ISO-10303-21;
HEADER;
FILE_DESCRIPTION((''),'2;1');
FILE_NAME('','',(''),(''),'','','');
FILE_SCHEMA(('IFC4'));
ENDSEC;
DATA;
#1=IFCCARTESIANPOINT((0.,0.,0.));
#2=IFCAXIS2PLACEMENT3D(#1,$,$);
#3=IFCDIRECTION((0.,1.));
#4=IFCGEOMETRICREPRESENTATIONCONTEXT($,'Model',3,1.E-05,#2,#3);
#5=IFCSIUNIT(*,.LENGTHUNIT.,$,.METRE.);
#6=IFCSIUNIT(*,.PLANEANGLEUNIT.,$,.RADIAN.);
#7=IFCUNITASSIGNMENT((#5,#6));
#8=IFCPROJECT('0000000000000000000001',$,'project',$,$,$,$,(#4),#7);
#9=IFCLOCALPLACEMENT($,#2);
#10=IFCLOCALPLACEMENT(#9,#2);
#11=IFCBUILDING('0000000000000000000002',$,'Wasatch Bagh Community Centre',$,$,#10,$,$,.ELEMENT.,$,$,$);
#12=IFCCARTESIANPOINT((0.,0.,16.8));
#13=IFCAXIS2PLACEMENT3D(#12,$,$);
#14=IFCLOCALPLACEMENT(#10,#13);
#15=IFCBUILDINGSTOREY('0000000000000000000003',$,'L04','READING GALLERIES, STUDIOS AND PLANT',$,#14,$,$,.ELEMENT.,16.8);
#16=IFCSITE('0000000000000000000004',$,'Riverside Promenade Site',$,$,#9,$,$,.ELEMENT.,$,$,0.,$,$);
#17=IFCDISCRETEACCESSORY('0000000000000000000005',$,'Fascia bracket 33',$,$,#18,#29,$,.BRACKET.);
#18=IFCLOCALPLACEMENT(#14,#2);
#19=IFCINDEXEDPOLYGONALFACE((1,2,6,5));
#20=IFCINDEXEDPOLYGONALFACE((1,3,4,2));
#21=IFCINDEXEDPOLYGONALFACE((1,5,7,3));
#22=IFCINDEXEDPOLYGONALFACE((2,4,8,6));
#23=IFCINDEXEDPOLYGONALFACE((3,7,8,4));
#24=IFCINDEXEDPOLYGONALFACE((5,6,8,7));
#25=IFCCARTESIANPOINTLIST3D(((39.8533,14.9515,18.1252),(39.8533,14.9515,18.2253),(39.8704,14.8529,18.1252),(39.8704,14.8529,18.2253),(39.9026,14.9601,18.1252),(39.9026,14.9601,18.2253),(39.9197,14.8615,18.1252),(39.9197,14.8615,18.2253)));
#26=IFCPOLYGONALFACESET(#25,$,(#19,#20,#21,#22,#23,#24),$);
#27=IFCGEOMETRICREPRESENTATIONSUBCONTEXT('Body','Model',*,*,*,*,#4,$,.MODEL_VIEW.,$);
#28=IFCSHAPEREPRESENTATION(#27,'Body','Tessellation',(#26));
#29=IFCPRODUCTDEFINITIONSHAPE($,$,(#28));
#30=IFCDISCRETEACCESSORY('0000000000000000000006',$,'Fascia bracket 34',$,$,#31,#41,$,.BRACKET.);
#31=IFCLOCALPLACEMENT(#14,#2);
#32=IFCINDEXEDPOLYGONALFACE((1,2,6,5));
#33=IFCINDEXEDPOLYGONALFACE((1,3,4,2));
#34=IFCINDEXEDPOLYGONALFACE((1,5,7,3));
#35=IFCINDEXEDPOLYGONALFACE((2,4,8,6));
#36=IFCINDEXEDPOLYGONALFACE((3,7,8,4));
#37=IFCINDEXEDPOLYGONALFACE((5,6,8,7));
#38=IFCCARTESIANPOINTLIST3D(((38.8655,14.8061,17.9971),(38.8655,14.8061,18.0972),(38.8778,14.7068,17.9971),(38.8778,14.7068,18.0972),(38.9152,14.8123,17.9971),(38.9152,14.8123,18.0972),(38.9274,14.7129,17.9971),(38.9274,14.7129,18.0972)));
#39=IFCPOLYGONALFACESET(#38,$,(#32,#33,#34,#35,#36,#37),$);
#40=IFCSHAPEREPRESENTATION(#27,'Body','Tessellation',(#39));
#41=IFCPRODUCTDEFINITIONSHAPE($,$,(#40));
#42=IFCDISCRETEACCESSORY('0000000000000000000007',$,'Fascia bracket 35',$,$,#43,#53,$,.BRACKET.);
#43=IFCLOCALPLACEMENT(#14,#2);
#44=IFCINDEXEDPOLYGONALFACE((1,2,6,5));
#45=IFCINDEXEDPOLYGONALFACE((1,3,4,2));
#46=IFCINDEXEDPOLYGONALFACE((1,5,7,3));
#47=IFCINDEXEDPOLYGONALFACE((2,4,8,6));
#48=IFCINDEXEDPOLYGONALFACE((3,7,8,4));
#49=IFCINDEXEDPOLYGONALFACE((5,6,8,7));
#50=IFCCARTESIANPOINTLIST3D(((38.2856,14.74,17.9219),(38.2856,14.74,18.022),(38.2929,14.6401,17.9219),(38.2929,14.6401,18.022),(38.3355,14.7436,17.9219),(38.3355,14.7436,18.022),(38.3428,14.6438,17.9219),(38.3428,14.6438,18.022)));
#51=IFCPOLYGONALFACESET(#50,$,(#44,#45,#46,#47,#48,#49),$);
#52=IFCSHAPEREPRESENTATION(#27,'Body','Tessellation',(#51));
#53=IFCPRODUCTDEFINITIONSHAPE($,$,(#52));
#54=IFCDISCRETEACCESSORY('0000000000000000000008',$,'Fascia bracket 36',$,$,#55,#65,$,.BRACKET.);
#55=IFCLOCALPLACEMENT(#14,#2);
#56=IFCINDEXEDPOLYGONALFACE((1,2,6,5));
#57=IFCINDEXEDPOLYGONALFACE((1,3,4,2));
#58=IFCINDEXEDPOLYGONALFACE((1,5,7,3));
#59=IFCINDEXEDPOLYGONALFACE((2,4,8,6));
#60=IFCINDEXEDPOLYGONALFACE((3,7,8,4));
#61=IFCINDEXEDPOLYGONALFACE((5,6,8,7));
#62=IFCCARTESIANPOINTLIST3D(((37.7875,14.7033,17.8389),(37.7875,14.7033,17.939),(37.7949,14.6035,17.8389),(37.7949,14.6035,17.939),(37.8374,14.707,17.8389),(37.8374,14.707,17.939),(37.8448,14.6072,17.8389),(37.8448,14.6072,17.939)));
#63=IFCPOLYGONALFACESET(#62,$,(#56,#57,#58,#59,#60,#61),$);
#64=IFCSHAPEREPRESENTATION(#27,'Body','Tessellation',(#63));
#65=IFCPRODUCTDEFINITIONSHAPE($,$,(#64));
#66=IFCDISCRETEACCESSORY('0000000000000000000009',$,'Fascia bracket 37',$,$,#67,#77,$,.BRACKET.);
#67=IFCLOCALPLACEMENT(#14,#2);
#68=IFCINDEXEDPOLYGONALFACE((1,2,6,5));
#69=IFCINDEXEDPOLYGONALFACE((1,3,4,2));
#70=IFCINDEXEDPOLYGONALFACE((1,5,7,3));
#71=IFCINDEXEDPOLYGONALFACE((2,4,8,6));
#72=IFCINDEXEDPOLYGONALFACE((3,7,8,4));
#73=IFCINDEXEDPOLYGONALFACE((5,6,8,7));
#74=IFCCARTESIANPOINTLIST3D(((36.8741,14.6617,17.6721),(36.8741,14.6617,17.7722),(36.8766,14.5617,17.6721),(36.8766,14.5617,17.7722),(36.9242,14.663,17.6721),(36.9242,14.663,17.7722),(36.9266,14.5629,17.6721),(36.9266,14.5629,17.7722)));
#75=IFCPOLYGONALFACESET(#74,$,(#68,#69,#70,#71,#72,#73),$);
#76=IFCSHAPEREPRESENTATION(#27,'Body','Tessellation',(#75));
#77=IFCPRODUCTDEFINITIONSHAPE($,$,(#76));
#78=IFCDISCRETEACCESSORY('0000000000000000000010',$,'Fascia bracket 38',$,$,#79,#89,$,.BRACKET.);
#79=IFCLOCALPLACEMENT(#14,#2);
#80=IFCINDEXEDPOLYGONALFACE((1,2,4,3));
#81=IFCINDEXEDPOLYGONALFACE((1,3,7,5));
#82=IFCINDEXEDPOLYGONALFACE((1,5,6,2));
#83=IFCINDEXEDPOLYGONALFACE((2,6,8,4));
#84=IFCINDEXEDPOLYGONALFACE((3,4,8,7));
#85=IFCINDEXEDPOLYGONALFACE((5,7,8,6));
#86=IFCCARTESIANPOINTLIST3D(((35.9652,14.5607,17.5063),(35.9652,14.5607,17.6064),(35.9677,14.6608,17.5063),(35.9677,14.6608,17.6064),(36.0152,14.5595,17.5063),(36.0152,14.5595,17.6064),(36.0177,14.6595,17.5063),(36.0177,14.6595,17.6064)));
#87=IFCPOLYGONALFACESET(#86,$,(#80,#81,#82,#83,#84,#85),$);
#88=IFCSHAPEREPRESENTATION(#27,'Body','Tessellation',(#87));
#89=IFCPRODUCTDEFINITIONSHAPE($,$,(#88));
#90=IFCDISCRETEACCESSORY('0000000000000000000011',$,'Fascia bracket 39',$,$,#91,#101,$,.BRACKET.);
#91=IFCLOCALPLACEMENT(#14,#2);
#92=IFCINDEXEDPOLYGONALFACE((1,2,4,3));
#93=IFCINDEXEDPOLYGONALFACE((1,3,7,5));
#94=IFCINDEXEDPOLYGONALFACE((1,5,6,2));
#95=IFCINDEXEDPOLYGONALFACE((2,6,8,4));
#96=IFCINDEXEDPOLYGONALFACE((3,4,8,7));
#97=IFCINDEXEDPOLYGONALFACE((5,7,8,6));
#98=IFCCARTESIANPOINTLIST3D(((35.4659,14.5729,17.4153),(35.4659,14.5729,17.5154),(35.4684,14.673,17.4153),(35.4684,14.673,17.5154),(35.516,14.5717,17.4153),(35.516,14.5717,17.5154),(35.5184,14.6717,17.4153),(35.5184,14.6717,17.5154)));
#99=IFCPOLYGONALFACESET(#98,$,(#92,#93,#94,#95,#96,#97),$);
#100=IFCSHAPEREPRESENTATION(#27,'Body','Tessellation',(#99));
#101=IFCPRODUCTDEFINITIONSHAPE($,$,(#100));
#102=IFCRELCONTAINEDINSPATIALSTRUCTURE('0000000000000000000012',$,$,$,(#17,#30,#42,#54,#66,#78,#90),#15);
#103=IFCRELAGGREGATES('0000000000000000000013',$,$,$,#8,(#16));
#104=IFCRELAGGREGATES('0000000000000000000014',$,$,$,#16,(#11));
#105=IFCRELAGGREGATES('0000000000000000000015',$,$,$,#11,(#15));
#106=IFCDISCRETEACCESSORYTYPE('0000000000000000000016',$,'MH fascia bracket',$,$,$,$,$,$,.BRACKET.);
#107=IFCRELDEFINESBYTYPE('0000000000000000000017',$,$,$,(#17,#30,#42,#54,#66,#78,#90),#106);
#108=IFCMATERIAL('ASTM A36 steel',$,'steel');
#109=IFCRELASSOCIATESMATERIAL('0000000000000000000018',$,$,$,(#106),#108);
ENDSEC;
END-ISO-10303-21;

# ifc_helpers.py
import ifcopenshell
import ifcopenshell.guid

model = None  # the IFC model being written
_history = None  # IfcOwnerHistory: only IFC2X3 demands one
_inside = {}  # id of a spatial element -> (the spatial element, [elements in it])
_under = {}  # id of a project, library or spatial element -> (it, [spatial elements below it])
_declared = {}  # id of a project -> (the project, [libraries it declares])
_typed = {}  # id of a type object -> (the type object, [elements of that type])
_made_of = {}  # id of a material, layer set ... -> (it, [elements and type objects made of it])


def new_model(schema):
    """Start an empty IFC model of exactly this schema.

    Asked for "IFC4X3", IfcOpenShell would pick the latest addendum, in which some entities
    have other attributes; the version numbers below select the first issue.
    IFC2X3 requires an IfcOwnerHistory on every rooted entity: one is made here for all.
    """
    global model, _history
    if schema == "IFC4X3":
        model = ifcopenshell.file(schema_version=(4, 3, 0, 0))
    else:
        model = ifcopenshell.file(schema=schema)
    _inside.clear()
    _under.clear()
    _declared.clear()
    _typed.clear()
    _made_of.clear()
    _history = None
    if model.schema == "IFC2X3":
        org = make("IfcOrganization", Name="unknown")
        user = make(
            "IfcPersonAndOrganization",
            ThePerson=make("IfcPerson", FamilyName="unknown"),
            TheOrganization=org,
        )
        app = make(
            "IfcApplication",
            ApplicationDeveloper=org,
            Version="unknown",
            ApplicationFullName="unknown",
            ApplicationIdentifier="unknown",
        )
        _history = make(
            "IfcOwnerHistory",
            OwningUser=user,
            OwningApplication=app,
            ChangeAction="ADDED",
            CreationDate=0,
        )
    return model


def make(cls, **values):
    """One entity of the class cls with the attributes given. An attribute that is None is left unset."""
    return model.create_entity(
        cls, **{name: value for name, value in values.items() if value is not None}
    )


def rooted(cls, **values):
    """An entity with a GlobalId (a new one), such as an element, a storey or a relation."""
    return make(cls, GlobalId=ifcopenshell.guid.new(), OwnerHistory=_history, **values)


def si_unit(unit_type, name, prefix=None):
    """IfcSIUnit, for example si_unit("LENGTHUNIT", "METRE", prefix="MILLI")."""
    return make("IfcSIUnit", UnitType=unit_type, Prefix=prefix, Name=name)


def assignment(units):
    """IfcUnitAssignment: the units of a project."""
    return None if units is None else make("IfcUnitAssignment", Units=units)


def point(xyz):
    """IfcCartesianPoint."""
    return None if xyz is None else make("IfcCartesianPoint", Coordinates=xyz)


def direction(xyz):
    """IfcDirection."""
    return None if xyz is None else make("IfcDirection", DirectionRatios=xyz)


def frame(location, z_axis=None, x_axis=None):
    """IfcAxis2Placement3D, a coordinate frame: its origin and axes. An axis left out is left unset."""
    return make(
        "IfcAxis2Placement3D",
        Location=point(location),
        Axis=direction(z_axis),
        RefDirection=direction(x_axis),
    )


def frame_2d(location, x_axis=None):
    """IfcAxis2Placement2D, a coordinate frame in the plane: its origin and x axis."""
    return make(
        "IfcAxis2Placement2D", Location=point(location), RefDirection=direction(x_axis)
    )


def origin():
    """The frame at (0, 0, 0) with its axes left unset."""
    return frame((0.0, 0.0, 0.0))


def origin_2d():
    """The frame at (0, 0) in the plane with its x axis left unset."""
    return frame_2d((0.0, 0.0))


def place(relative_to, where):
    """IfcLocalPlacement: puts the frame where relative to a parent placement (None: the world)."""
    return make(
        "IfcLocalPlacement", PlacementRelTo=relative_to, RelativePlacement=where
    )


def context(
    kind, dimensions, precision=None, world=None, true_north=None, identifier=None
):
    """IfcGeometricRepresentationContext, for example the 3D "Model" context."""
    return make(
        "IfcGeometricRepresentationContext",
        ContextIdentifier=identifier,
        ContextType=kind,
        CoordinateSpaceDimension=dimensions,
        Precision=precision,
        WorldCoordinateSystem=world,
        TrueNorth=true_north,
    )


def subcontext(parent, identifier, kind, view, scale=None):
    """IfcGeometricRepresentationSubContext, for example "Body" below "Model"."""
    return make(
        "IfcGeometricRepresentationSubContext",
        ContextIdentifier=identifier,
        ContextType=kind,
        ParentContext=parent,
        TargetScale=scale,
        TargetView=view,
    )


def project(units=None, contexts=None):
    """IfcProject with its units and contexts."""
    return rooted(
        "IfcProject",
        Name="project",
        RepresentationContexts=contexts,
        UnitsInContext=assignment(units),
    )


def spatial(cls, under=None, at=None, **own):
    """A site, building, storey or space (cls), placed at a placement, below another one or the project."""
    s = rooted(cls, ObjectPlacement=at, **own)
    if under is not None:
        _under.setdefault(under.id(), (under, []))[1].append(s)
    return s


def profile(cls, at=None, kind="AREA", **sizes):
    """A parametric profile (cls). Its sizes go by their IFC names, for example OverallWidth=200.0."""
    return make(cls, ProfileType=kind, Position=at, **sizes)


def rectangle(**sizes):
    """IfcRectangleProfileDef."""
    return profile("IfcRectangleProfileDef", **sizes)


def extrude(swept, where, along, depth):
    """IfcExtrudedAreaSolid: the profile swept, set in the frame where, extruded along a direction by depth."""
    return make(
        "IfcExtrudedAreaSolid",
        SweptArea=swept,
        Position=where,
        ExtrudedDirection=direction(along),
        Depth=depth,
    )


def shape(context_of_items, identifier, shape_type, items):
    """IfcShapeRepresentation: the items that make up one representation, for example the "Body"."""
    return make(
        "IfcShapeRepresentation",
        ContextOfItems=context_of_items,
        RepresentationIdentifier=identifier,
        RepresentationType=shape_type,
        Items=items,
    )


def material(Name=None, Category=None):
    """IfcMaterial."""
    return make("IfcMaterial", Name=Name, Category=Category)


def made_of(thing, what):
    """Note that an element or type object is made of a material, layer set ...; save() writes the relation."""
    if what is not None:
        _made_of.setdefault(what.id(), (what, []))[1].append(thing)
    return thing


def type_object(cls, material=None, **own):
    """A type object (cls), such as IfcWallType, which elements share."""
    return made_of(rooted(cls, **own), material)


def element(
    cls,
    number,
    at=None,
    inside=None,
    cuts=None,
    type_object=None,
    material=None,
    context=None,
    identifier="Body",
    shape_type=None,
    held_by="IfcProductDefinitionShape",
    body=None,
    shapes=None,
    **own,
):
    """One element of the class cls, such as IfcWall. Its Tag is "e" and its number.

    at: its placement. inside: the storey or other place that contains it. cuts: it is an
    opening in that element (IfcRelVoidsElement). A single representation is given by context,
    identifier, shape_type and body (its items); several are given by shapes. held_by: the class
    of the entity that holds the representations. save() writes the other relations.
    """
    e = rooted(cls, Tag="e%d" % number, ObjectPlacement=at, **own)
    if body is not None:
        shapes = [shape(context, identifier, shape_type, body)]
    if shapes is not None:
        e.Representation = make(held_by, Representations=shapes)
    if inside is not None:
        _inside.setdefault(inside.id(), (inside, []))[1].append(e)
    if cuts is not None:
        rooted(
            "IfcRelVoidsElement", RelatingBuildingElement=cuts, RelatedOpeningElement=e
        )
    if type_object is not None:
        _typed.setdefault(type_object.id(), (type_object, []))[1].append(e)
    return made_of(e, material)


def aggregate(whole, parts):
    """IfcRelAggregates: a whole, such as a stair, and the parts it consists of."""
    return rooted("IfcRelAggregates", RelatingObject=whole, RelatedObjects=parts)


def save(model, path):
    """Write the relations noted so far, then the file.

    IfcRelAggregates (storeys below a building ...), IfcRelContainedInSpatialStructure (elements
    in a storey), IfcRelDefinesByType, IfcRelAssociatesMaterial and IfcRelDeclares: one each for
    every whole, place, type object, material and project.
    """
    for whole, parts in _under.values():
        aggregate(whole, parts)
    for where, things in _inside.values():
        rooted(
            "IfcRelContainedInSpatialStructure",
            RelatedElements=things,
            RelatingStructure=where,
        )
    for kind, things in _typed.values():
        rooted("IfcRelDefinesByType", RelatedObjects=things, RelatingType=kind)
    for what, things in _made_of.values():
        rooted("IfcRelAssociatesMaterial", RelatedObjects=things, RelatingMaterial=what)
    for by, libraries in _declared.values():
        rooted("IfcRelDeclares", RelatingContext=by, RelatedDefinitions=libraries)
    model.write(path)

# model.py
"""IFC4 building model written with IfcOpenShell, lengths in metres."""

from ifc_helpers import new_model, si_unit, direction, frame, origin, origin_2d, place, context, subcontext, project, spatial, rectangle, extrude, material, type_object, element, save


model = new_model("IFC4")

# Units and contexts
model_context = context("Model", 3, precision=1e-05, world=origin(), true_north=direction((0.0, 1.0)))
body_context = subcontext(model_context, "Body", "Model", "MODEL_VIEW")
ifc_project = project(units=[si_unit("LENGTHUNIT", "METRE"), si_unit("PLANEANGLEUNIT", "RADIAN")], contexts=[model_context])

# Site, building, storey
site_placement = place(None, origin())
site = spatial("IfcSite", under=ifc_project, at=site_placement, Name="Riverside Promenade Site", CompositionType="ELEMENT", RefElevation=0.0)
building_placement = place(site_placement, origin())
building = spatial("IfcBuilding", under=site, at=building_placement, Name="Wasatch Bagh Community Centre", CompositionType="ELEMENT")
storey_placement = place(building_placement, frame((0.0, 0.0, 16.8)))
storey = spatial("IfcBuildingStorey", under=building, at=storey_placement, Name="L04", Description="READING GALLERIES, STUDIOS AND PLANT", CompositionType="ELEMENT", Elevation=16.8)

# Discrete accessories
ifc_material_1 = material(Name="ASTM A36 steel", Category="steel")
discrete_accessory_type = type_object("IfcDiscreteAccessoryType", Name="MH fascia bracket", PredefinedType="BRACKET", material=ifc_material_1)
for number, where, z_axis, x_axis, name in (
    (1, (39.8865, 14.9065, 18.1252), (0.0, 0.0, 1.0), (0.170962, -0.985278, 0.0), "Fascia bracket 33"),
    (2, (38.8965, 14.7595, 17.9971), (0.0, 0.0, 1.0), (0.122411, -0.99248, 0.0), "Fascia bracket 34"),
    (3, (38.3142, 14.6919, 17.9219), (0.0, 0.0, 1.0), (0.073565, -0.99729, 0.0), "Fascia bracket 35"),
    (4, (37.8162, 14.6553, 17.8389), (0.0, 0.0, 1.0), (0.073565, -0.99729, 0.0), "Fascia bracket 36"),
    (5, (36.9004, 14.6123, 17.6721), (0.0, 0.0, 1.0), (0.024541, -0.999699, 0.0), "Fascia bracket 37"),
    (6, (35.9915, 14.6101, 17.5063), (0.0, 0.0, 1.0), (-0.024541, -0.999699, 0.0), "Fascia bracket 38"),
    (7, (35.4922, 14.6223, 17.4153), (0.0, 0.0, 1.0), (-0.024541, -0.999699, 0.0), "Fascia bracket 39"),
):
    element("IfcDiscreteAccessory", number, at=place(storey_placement, frame(where, z_axis=z_axis, x_axis=x_axis)), inside=storey, type_object=discrete_accessory_type, Name=name, PredefinedType="BRACKET", context=body_context, shape_type="SweptSolid", body=[
        extrude(rectangle(XDim=0.1001, YDim=0.05, at=origin_2d()), origin(), (0.0, 0.0, 1.0), 0.1001),
    ])

save(model, "model.ifc")
